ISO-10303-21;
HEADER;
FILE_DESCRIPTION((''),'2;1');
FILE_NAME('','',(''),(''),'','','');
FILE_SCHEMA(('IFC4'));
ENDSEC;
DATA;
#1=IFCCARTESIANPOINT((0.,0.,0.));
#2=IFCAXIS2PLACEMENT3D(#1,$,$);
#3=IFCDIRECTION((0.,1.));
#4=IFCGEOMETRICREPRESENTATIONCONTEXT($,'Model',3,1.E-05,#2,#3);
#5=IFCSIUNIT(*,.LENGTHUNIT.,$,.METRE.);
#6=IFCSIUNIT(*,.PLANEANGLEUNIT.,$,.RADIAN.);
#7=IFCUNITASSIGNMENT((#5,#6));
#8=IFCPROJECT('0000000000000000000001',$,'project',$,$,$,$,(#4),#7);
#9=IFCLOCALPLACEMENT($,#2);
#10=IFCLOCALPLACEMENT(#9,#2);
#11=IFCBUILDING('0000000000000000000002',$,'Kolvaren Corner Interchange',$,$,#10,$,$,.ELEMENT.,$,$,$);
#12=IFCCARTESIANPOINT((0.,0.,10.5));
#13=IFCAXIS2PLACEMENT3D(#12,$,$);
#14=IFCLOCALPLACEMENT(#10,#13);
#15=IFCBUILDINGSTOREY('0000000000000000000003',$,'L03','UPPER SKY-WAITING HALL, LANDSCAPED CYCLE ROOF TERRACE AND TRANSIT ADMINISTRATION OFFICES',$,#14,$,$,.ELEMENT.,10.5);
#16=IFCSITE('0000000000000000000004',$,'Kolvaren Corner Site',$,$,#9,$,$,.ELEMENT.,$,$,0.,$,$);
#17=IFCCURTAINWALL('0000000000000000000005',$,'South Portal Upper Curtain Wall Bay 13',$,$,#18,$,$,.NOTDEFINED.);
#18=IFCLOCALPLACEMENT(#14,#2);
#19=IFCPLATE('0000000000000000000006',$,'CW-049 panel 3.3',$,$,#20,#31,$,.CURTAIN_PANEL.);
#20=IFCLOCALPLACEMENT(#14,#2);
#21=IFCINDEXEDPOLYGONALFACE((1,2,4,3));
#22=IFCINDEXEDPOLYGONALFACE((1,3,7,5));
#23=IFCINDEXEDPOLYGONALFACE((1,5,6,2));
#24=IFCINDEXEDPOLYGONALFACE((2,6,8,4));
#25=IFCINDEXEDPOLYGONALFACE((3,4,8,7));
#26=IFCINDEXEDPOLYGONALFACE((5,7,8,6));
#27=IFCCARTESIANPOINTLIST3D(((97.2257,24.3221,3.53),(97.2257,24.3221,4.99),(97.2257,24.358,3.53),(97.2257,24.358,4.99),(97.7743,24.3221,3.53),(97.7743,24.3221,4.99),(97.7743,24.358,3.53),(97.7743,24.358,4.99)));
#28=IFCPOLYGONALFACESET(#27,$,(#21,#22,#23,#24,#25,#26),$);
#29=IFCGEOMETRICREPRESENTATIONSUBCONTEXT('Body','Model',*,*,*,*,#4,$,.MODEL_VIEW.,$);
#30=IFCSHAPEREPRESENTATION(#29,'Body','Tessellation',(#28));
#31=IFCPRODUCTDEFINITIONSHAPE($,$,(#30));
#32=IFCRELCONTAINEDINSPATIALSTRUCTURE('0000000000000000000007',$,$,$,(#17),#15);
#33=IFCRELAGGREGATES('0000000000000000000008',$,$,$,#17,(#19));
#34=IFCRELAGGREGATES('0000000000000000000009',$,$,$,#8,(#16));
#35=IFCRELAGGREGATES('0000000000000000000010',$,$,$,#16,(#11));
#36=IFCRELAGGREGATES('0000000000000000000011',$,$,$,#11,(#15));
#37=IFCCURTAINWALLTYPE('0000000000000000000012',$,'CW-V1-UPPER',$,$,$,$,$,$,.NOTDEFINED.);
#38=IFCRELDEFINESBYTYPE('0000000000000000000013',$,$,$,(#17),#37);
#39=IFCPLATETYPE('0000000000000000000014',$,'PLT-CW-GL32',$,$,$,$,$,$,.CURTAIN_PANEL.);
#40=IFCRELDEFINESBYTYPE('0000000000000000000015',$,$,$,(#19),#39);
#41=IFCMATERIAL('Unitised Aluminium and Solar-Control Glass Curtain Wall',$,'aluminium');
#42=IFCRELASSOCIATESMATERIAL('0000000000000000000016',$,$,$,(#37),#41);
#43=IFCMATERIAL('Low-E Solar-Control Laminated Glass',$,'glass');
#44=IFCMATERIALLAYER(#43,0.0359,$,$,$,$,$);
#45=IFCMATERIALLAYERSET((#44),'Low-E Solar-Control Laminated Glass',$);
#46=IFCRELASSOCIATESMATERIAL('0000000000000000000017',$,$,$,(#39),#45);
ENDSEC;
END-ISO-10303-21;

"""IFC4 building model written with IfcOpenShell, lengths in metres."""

from ifc_helpers import new_model, si_unit, direction, frame, origin, origin_2d, place, context, subcontext, project, spatial, rectangle, extrude, material, layer, layer_set, type_object, element, aggregate, save


model = new_model("IFC4")

# Units and contexts
model_context = context("Model", 3, precision=1e-05, world=origin(), true_north=direction((0.0, 1.0)))
body_context = subcontext(model_context, "Body", "Model", "MODEL_VIEW")
ifc_project = project(units=[si_unit("LENGTHUNIT", "METRE"), si_unit("PLANEANGLEUNIT", "RADIAN")], contexts=[model_context])

# Site, building, storey
site_placement = place(None, origin())
site = spatial("IfcSite", under=ifc_project, at=site_placement, Name="Kolvaren Corner Site", CompositionType="ELEMENT", RefElevation=0.0)
building_placement = place(site_placement, origin())
building = spatial("IfcBuilding", under=site, at=building_placement, Name="Kolvaren Corner Interchange", CompositionType="ELEMENT")
storey_placement = place(building_placement, frame((0.0, 0.0, 10.5)))
storey = spatial("IfcBuildingStorey", under=building, at=storey_placement, Name="L03", Description="UPPER SKY-WAITING HALL, LANDSCAPED CYCLE ROOF TERRACE AND TRANSIT ADMINISTRATION OFFICES", CompositionType="ELEMENT", Elevation=10.5)

# Curtain wall
ifc_material_1 = material(Name="Unitised Aluminium and Solar-Control Glass Curtain Wall", Category="aluminium")
curtain_wall_type = type_object("IfcCurtainWallType", Name="CW-V1-UPPER", PredefinedType="NOTDEFINED", material=ifc_material_1)
curtain_wall_1_placement = place(storey_placement, origin())
curtain_wall_1 = element("IfcCurtainWall", 1, at=curtain_wall_1_placement, inside=storey, type_object=curtain_wall_type, Name="South Portal Upper Curtain Wall Bay 13", PredefinedType="NOTDEFINED")

# Plate
ifc_material_2 = material(Name="Low-E Solar-Control Laminated Glass", Category="glass")
ifc_layer = layer(ifc_material_2, 0.0359)
ifc_layer_set = layer_set([ifc_layer], Name="Low-E Solar-Control Laminated Glass")
plate_type = type_object("IfcPlateType", Name="PLT-CW-GL32", PredefinedType="CURTAIN_PANEL", material=ifc_layer_set)
plate_1_placement = place(storey_placement, frame((97.5, 24.3401, 3.53), z_axis=(0.0, 0.0, 1.0), x_axis=(1.0, 0.0, 0.0)))
plate_1 = element("IfcPlate", 2, at=plate_1_placement, type_object=plate_type, Name="CW-049 panel 3.3", PredefinedType="CURTAIN_PANEL", context=body_context, shape_type="SweptSolid", body=[
    extrude(rectangle(XDim=0.5486, YDim=0.0359, at=origin_2d()), origin(), (0.0, 0.0, 1.0), 1.46),
])
aggregate(curtain_wall_1, [plate_1])

save(model, "model.ifc")
